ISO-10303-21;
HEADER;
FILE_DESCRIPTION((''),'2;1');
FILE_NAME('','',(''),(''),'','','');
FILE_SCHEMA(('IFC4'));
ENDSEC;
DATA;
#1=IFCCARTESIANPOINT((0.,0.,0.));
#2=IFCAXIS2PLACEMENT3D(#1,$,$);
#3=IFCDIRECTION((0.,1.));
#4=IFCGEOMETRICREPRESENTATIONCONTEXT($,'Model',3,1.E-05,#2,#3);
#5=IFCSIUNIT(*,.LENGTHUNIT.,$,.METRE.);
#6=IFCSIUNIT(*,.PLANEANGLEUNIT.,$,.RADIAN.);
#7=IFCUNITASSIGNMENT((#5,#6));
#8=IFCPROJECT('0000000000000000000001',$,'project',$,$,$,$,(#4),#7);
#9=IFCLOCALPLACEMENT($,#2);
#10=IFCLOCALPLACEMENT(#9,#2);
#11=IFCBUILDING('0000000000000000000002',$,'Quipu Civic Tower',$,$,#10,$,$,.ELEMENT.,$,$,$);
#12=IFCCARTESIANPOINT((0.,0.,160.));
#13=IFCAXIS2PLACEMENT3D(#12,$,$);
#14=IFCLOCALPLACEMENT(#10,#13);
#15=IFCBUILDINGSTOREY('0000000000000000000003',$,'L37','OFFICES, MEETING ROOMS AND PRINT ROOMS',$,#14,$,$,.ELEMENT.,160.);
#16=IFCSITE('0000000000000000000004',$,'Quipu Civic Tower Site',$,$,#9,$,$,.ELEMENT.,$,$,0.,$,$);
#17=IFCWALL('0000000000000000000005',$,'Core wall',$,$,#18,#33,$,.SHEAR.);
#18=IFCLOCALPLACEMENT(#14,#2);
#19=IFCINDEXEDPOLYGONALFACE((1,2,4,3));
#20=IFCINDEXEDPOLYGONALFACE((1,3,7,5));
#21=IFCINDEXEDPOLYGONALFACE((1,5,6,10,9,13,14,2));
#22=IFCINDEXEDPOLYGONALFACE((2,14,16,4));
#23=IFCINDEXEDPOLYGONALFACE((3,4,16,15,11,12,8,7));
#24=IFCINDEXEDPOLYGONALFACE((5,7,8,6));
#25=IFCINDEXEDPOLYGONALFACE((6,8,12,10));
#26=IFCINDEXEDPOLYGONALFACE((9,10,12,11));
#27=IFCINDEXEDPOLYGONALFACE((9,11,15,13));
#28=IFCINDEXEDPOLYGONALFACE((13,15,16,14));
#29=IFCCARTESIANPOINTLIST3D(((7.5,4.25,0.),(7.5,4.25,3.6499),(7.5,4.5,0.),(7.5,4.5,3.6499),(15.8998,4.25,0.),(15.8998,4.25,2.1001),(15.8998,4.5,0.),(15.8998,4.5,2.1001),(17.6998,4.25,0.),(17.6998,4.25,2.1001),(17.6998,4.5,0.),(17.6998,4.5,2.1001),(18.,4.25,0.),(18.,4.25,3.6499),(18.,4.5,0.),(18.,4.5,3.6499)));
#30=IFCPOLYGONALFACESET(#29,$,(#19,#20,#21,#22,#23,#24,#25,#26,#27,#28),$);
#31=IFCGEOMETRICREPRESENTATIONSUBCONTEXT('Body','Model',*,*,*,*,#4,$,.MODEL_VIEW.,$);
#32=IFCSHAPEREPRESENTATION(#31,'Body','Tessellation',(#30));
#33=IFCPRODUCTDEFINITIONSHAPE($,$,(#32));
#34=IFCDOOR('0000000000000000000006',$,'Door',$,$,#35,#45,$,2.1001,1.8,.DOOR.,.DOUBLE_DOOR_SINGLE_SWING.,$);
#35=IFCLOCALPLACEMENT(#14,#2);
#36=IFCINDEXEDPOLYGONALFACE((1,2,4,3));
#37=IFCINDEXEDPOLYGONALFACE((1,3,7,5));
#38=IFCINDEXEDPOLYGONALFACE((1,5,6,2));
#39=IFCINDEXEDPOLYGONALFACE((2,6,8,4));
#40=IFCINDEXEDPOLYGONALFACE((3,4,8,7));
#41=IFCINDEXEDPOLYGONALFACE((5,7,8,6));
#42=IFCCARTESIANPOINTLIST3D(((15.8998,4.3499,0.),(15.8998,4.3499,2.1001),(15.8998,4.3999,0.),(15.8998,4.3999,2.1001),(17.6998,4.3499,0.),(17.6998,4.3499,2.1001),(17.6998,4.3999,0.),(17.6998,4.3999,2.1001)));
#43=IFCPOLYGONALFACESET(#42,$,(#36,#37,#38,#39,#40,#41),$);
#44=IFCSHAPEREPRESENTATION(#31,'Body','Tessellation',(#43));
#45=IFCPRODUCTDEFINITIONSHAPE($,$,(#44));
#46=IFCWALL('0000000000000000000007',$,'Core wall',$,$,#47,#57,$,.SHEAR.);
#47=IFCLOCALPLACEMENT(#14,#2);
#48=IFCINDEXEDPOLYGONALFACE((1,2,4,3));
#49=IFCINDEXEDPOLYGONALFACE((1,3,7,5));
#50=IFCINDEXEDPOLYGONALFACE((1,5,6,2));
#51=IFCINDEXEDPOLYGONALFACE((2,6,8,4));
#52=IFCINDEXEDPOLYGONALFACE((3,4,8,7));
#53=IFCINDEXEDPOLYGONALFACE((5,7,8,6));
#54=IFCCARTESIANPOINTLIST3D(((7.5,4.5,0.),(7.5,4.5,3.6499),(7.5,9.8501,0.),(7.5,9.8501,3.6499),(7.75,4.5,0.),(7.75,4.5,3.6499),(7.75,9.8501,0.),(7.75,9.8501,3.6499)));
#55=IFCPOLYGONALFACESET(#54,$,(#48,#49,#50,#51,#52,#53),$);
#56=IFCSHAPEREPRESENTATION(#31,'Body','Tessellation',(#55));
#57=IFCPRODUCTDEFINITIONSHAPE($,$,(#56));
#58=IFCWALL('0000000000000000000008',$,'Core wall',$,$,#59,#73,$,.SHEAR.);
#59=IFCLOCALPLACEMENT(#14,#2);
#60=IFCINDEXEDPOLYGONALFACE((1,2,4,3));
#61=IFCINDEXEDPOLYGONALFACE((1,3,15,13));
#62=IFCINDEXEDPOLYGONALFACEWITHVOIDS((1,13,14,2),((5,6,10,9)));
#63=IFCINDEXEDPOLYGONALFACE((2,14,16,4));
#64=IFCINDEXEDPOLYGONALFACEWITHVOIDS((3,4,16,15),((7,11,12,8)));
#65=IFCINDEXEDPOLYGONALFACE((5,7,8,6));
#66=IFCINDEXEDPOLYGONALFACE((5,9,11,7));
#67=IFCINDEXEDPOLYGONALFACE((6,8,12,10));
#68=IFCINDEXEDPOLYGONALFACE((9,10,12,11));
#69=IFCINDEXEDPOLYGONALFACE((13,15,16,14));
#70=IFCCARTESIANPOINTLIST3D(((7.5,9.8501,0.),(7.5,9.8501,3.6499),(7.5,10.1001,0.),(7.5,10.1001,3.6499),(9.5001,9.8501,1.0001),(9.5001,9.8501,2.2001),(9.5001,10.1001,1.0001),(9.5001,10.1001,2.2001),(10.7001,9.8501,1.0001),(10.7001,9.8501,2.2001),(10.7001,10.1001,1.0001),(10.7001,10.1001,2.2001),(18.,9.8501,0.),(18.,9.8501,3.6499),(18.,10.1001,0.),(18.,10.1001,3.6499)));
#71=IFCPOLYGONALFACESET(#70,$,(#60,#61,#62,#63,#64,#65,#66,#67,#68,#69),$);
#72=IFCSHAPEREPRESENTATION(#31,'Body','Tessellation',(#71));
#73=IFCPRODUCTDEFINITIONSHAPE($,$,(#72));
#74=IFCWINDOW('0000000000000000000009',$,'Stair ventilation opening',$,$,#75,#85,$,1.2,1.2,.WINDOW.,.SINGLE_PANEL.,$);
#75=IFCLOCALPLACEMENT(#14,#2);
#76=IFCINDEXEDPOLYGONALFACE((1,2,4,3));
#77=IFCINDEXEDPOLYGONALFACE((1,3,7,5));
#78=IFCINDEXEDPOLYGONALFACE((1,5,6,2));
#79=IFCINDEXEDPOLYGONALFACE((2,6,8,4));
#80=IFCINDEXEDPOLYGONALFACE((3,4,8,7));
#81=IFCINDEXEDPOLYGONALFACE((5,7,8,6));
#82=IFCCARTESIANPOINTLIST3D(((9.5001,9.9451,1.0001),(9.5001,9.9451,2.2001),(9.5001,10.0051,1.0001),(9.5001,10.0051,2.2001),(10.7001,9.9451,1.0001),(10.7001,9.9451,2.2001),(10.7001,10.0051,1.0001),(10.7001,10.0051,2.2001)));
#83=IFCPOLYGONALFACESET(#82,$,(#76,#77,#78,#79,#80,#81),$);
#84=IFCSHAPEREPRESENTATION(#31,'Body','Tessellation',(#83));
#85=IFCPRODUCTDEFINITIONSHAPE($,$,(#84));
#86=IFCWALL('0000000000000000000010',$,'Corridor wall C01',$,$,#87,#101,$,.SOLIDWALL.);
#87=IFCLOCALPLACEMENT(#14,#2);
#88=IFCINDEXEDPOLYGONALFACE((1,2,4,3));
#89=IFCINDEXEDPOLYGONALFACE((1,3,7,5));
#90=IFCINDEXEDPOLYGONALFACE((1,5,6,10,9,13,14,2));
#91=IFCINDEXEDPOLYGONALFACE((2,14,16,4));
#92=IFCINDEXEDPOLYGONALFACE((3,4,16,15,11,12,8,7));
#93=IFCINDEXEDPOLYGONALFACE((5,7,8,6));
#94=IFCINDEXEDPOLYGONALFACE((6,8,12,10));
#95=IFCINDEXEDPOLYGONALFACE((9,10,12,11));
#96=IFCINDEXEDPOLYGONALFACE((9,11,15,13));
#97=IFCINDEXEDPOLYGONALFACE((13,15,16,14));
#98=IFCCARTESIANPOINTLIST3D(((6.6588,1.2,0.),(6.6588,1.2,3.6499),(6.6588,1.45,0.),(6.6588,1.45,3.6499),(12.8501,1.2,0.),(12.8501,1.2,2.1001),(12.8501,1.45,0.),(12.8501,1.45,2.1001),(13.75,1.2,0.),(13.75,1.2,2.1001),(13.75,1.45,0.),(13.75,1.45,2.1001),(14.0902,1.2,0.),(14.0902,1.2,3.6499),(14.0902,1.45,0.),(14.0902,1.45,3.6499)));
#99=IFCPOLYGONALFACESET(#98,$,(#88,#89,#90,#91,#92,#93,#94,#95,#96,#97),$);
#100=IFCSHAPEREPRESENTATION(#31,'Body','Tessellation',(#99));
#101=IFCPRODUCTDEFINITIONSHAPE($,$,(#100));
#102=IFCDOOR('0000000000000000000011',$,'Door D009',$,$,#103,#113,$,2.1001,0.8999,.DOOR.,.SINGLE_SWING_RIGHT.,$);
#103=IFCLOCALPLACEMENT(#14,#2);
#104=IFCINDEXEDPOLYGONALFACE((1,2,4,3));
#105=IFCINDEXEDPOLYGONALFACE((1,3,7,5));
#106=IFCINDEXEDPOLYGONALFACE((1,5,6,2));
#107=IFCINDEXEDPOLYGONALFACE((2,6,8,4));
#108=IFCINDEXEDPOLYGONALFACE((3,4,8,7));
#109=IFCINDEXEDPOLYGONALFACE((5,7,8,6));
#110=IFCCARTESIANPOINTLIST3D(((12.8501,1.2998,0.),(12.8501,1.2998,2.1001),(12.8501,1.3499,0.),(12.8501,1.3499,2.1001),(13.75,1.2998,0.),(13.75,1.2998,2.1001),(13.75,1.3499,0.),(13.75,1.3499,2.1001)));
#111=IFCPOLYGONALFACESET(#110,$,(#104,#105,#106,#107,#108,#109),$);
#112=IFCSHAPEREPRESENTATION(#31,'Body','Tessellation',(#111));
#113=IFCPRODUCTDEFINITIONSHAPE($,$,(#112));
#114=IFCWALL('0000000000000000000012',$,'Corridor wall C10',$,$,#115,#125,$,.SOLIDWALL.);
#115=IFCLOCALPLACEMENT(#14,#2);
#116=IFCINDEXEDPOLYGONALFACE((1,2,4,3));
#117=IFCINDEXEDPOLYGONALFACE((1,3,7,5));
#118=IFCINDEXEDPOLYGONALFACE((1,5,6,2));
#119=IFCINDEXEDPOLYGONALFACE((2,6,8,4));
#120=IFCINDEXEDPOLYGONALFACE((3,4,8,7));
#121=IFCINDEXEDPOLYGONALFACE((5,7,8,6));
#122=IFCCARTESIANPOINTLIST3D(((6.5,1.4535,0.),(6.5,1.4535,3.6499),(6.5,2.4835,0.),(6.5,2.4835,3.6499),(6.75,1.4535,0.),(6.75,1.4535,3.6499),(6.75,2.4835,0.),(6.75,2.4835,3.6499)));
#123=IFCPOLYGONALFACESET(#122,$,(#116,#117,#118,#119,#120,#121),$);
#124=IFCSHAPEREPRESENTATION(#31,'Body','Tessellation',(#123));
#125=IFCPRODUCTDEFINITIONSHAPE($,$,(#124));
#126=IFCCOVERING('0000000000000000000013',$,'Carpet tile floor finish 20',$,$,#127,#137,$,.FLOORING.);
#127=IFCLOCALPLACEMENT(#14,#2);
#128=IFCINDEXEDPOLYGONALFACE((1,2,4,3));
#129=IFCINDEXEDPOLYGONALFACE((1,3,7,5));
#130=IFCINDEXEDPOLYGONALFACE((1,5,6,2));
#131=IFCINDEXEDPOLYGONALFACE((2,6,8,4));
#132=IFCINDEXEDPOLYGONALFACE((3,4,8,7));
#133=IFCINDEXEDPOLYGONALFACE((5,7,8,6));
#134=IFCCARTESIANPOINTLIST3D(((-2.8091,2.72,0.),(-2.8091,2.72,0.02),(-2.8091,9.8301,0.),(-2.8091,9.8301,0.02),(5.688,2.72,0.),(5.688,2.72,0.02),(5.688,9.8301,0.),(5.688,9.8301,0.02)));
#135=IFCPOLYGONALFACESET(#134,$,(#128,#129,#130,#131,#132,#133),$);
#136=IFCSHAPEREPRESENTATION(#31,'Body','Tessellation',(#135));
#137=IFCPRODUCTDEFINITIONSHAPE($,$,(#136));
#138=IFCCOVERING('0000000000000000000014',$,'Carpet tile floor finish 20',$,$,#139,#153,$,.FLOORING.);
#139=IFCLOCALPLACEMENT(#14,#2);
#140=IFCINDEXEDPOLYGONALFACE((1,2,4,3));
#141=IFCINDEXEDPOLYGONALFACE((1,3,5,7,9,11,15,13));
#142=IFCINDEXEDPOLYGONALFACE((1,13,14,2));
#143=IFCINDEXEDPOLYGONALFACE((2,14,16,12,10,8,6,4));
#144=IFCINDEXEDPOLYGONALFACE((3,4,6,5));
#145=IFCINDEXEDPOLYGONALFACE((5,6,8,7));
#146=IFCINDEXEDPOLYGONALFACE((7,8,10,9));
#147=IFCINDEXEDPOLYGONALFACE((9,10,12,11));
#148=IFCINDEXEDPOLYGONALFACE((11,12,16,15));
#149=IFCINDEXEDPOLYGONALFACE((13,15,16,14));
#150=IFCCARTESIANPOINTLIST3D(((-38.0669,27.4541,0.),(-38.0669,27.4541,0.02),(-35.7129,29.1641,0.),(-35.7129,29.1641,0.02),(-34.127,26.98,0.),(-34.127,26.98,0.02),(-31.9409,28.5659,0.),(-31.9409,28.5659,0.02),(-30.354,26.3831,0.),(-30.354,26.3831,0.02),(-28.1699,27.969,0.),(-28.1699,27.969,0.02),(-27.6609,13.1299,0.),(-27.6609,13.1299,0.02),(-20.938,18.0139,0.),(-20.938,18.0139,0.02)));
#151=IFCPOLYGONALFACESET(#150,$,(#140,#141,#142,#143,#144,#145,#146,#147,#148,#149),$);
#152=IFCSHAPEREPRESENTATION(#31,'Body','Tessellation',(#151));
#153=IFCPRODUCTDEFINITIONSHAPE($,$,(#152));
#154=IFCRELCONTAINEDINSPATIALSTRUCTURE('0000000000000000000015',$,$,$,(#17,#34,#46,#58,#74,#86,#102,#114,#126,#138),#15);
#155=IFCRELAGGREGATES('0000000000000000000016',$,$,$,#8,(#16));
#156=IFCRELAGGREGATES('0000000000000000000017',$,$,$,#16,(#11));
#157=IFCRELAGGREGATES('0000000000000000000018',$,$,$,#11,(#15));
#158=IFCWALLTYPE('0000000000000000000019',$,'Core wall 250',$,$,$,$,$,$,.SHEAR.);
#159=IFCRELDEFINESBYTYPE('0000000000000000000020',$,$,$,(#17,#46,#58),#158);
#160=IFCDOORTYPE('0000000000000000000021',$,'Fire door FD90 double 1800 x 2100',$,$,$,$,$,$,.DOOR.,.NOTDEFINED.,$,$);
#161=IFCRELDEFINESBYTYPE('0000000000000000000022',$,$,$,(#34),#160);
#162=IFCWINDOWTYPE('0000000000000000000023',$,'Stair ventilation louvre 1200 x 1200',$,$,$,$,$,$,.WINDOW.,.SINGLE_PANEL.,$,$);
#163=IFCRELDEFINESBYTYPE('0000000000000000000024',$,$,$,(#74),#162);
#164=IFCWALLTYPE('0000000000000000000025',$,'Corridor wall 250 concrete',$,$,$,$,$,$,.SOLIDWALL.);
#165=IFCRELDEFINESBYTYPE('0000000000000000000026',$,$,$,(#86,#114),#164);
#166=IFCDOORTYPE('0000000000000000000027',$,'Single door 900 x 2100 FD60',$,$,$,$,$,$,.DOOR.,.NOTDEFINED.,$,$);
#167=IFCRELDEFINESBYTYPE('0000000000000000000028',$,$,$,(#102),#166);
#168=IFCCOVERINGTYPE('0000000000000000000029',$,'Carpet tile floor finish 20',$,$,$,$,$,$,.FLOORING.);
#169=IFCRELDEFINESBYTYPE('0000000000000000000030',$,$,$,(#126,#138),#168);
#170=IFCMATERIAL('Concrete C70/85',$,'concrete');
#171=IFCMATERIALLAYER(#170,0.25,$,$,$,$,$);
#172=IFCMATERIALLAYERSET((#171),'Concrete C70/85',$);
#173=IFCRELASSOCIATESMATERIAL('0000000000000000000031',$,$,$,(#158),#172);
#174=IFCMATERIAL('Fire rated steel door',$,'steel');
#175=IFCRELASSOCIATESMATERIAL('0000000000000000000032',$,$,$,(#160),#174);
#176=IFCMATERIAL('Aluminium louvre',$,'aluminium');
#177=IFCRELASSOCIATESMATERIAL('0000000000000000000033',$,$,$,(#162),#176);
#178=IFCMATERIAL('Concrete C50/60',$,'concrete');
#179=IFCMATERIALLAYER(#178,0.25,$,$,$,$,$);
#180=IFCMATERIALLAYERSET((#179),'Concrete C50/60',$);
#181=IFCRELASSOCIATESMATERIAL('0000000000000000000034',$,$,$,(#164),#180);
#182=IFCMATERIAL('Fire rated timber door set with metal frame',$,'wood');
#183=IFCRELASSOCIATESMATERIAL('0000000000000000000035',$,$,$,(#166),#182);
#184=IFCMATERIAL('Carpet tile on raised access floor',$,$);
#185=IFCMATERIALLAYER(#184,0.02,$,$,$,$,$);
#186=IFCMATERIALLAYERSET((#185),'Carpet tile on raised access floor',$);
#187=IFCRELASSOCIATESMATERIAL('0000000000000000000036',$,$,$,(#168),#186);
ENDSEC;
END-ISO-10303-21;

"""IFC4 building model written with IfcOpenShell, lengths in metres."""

from ifc_helpers import new_model, si_unit, direction, frame, frame_2d, origin, place, context, subcontext, project, spatial, polyline, rectangle, outline, extrude, material, layer, layer_set, type_object, element, fill, save


model = new_model("IFC4")

# Units and contexts
model_context = context("Model", 3, precision=1e-05, world=origin(), true_north=direction((0.0, 1.0)))
body_context = subcontext(model_context, "Body", "Model", "MODEL_VIEW")
ifc_project = project(units=[si_unit("LENGTHUNIT", "METRE"), si_unit("PLANEANGLEUNIT", "RADIAN")], contexts=[model_context])

# Site, building, storey
site_placement = place(None, origin())
site = spatial("IfcSite", under=ifc_project, at=site_placement, Name="Quipu Civic Tower Site", CompositionType="ELEMENT", RefElevation=0.0)
building_placement = place(site_placement, origin())
building = spatial("IfcBuilding", under=site, at=building_placement, Name="Quipu Civic Tower", CompositionType="ELEMENT")
storey_placement = place(building_placement, frame((0.0, 0.0, 160.0)))
storey = spatial("IfcBuildingStorey", under=building, at=storey_placement, Name="L37", Description="OFFICES, MEETING ROOMS AND PRINT ROOMS", CompositionType="ELEMENT", Elevation=160.0)

# Wall, opening, door
ifc_material_1 = material(Name="Concrete C70/85", Category="concrete")
ifc_layer_1 = layer(ifc_material_1, 0.25)
ifc_layer_set_1 = layer_set([ifc_layer_1], Name="Concrete C70/85")
wall_type_1 = type_object("IfcWallType", Name="Core wall 250", PredefinedType="SHEAR", material=ifc_layer_set_1)
wall_1_placement = place(storey_placement, frame((7.5, 4.375, 0.0), z_axis=(0.0, 0.0, 1.0), x_axis=(1.0, 0.0, 0.0)))
wall_1 = element("IfcWall", 1, at=wall_1_placement, inside=storey, type_object=wall_type_1, Name="Core wall", PredefinedType="SHEAR", context=body_context, shape_type="SweptSolid", body=[
    extrude(rectangle(XDim=10.5, YDim=0.25, at=frame_2d((5.25, 0.0))), origin(), (0.0, 0.0, 1.0), 3.6499),
])
opening_1_placement = place(wall_1_placement, frame((8.3999, 0.0, 0.0)))
opening_1 = element("IfcOpeningElement", 2, at=opening_1_placement, cuts=wall_1, PredefinedType="OPENING", context=body_context, shape_type="SweptSolid", body=[
    extrude(rectangle(XDim=1.8, YDim=2.1001, at=frame_2d((0.8999, 1.05))), frame((0.0, 0.135, 0.0), z_axis=(0.0, -1.0, 0.0), x_axis=(1.0, 0.0, 0.0)), (0.0, 0.0, 1.0), 0.27),
])
ifc_material_2 = material(Name="Fire rated steel door", Category="steel")
door_type_1 = type_object("IfcDoorType", Name="Fire door FD90 double 1800 x 2100", OperationType="NOTDEFINED", PredefinedType="DOOR", material=ifc_material_2)
door_1_placement = place(opening_1_placement, origin())
door_1 = element("IfcDoor", 3, at=door_1_placement, inside=storey, type_object=door_type_1, Name="Door", OperationType="DOUBLE_DOOR_SINGLE_SWING", OverallHeight=2.1001, OverallWidth=1.8, PredefinedType="DOOR", context=body_context, shape_type="SweptSolid", body=[
    extrude(rectangle(XDim=1.8, YDim=2.1001, at=frame_2d((0.8999, 1.05))), frame((0.0, 0.0249, 0.0), z_axis=(0.0, -1.0, 0.0), x_axis=(1.0, 0.0, 0.0)), (0.0, 0.0, 1.0), 0.05),
])
fill(opening_1, door_1)

# Wall
wall_2_placement = place(storey_placement, frame((7.625, 4.5, 0.0), z_axis=(0.0, 0.0, 1.0), x_axis=(0.0, 1.0, 0.0)))
element("IfcWall", 4, at=wall_2_placement, inside=storey, type_object=wall_type_1, Name="Core wall", PredefinedType="SHEAR", context=body_context, shape_type="SweptSolid", body=[
    extrude(rectangle(XDim=5.3501, YDim=0.25, at=frame_2d((2.675, 0.0))), origin(), (0.0, 0.0, 1.0), 3.6499),
])

# Wall, opening, window
wall_3_placement = place(storey_placement, frame((7.5, 9.9751, 0.0), z_axis=(0.0, 0.0, 1.0), x_axis=(1.0, 0.0, 0.0)))
wall_3 = element("IfcWall", 5, at=wall_3_placement, inside=storey, type_object=wall_type_1, Name="Core wall", PredefinedType="SHEAR", context=body_context, shape_type="SweptSolid", body=[
    extrude(rectangle(XDim=10.5, YDim=0.25, at=frame_2d((5.25, 0.0))), origin(), (0.0, 0.0, 1.0), 3.6499),
])
opening_2_placement = place(wall_3_placement, frame((2.0, 0.0, 1.0)))
opening_2 = element("IfcOpeningElement", 6, at=opening_2_placement, cuts=wall_3, PredefinedType="OPENING", context=body_context, shape_type="SweptSolid", body=[
    extrude(rectangle(XDim=1.2, YDim=1.2, at=frame_2d((0.6001, 0.6001))), frame((0.0, 0.135, 0.0), z_axis=(0.0, -1.0, 0.0), x_axis=(1.0, 0.0, 0.0)), (0.0, 0.0, 1.0), 0.27),
])
ifc_material_3 = material(Name="Aluminium louvre", Category="aluminium")
window_type = type_object("IfcWindowType", Name="Stair ventilation louvre 1200 x 1200", PartitioningType="SINGLE_PANEL", PredefinedType="WINDOW", material=ifc_material_3)
window_placement = place(opening_2_placement, origin())
window = element("IfcWindow", 7, at=window_placement, inside=storey, type_object=window_type, Name="Stair ventilation opening", OverallHeight=1.2, OverallWidth=1.2, PartitioningType="SINGLE_PANEL", PredefinedType="WINDOW", context=body_context, shape_type="SweptSolid", body=[
    extrude(rectangle(XDim=1.2, YDim=1.2, at=frame_2d((0.6001, 0.6001))), frame((0.0, 0.03, 0.0), z_axis=(0.0, -1.0, 0.0), x_axis=(1.0, 0.0, 0.0)), (0.0, 0.0, 1.0), 0.0601),
])
fill(opening_2, window)

# Wall, opening, door
ifc_material_4 = material(Name="Concrete C50/60", Category="concrete")
ifc_layer_2 = layer(ifc_material_4, 0.25)
ifc_layer_set_2 = layer_set([ifc_layer_2], Name="Concrete C50/60")
wall_type_2 = type_object("IfcWallType", Name="Corridor wall 250 concrete", PredefinedType="SOLIDWALL", material=ifc_layer_set_2)
wall_4_placement = place(storey_placement, frame((6.6587, 1.325, 0.0), z_axis=(0.0, 0.0, 1.0), x_axis=(1.0, 0.0, 0.0)))
wall_4 = element("IfcWall", 8, at=wall_4_placement, inside=storey, type_object=wall_type_2, Name="Corridor wall C01", PredefinedType="SOLIDWALL", context=body_context, shape_type="SweptSolid", body=[
    extrude(rectangle(XDim=7.4314, YDim=0.25, at=frame_2d((3.7158, 0.0))), origin(), (0.0, 0.0, 1.0), 3.6499),
])
opening_3_placement = place(wall_4_placement, frame((6.1914, 0.0, 0.0)))
opening_3 = element("IfcOpeningElement", 9, at=opening_3_placement, cuts=wall_4, PredefinedType="OPENING", context=body_context, shape_type="SweptSolid", body=[
    extrude(rectangle(XDim=0.8999, YDim=2.1001, at=frame_2d((0.45, 1.05))), frame((0.0, 0.135, 0.0), z_axis=(0.0, -1.0, 0.0), x_axis=(1.0, 0.0, 0.0)), (0.0, 0.0, 1.0), 0.27),
])
ifc_material_5 = material(Name="Fire rated timber door set with metal frame", Category="wood")
door_type_2 = type_object("IfcDoorType", Name="Single door 900 x 2100 FD60", OperationType="NOTDEFINED", PredefinedType="DOOR", material=ifc_material_5)
door_2_placement = place(opening_3_placement, origin())
door_2 = element("IfcDoor", 10, at=door_2_placement, inside=storey, type_object=door_type_2, Name="Door D009", OperationType="SINGLE_SWING_RIGHT", OverallHeight=2.1001, OverallWidth=0.8999, PredefinedType="DOOR", context=body_context, shape_type="SweptSolid", body=[
    extrude(rectangle(XDim=0.8999, YDim=2.1001, at=frame_2d((0.45, 1.05))), frame((0.0, 0.0249, 0.0), z_axis=(0.0, -1.0, 0.0), x_axis=(1.0, 0.0, 0.0)), (0.0, 0.0, 1.0), 0.05),
])
fill(opening_3, door_2)

# Wall
wall_5_placement = place(storey_placement, frame((6.625, 2.4836, 0.0), z_axis=(0.0, 0.0, 1.0), x_axis=(0.0, -1.0, 0.0)))
element("IfcWall", 11, at=wall_5_placement, inside=storey, type_object=wall_type_2, Name="Corridor wall C10", PredefinedType="SOLIDWALL", context=body_context, shape_type="SweptSolid", body=[
    extrude(rectangle(XDim=1.03, YDim=0.25, at=frame_2d((0.5151, 0.0))), origin(), (0.0, 0.0, 1.0), 3.6499),
])

# Coverings
ifc_material_6 = material(Name="Carpet tile on raised access floor")
ifc_layer_3 = layer(ifc_material_6, 0.02)
ifc_layer_set_3 = layer_set([ifc_layer_3], Name="Carpet tile on raised access floor")
covering_type_1 = type_object("IfcCoveringType", Name="Carpet tile floor finish 20", PredefinedType="FLOORING", material=ifc_layer_set_3)
covering_1_placement = place(storey_placement, origin())
element("IfcCovering", 12, at=covering_1_placement, inside=storey, type_object=covering_type_1, Name="Carpet tile floor finish 20", PredefinedType="FLOORING", context=body_context, shape_type="SweptSolid", body=[
    extrude(outline(polyline([(-2.8091, 9.8301), (5.688, 9.8301), (5.688, 2.72), (-2.8091, 2.72), (-2.8091, 9.8301)])), origin(), (0.0, 0.0, 1.0), 0.02),
])
covering_2_placement = place(storey_placement, origin())
element("IfcCovering", 13, at=covering_2_placement, inside=storey, type_object=covering_type_1, Name="Carpet tile floor finish 20", PredefinedType="FLOORING", context=body_context, shape_type="SweptSolid", body=[
    extrude(outline(polyline([(-38.0669, 27.4541), (-35.7129, 29.1641), (-34.127, 26.98), (-31.9409, 28.5659), (-30.354, 26.3831), (-28.1699, 27.969), (-20.938, 18.0139), (-27.6609, 13.1299), (-38.0669, 27.4541)])), origin(), (0.0, 0.0, 1.0), 0.02),
])

save(model, "model.ifc")
